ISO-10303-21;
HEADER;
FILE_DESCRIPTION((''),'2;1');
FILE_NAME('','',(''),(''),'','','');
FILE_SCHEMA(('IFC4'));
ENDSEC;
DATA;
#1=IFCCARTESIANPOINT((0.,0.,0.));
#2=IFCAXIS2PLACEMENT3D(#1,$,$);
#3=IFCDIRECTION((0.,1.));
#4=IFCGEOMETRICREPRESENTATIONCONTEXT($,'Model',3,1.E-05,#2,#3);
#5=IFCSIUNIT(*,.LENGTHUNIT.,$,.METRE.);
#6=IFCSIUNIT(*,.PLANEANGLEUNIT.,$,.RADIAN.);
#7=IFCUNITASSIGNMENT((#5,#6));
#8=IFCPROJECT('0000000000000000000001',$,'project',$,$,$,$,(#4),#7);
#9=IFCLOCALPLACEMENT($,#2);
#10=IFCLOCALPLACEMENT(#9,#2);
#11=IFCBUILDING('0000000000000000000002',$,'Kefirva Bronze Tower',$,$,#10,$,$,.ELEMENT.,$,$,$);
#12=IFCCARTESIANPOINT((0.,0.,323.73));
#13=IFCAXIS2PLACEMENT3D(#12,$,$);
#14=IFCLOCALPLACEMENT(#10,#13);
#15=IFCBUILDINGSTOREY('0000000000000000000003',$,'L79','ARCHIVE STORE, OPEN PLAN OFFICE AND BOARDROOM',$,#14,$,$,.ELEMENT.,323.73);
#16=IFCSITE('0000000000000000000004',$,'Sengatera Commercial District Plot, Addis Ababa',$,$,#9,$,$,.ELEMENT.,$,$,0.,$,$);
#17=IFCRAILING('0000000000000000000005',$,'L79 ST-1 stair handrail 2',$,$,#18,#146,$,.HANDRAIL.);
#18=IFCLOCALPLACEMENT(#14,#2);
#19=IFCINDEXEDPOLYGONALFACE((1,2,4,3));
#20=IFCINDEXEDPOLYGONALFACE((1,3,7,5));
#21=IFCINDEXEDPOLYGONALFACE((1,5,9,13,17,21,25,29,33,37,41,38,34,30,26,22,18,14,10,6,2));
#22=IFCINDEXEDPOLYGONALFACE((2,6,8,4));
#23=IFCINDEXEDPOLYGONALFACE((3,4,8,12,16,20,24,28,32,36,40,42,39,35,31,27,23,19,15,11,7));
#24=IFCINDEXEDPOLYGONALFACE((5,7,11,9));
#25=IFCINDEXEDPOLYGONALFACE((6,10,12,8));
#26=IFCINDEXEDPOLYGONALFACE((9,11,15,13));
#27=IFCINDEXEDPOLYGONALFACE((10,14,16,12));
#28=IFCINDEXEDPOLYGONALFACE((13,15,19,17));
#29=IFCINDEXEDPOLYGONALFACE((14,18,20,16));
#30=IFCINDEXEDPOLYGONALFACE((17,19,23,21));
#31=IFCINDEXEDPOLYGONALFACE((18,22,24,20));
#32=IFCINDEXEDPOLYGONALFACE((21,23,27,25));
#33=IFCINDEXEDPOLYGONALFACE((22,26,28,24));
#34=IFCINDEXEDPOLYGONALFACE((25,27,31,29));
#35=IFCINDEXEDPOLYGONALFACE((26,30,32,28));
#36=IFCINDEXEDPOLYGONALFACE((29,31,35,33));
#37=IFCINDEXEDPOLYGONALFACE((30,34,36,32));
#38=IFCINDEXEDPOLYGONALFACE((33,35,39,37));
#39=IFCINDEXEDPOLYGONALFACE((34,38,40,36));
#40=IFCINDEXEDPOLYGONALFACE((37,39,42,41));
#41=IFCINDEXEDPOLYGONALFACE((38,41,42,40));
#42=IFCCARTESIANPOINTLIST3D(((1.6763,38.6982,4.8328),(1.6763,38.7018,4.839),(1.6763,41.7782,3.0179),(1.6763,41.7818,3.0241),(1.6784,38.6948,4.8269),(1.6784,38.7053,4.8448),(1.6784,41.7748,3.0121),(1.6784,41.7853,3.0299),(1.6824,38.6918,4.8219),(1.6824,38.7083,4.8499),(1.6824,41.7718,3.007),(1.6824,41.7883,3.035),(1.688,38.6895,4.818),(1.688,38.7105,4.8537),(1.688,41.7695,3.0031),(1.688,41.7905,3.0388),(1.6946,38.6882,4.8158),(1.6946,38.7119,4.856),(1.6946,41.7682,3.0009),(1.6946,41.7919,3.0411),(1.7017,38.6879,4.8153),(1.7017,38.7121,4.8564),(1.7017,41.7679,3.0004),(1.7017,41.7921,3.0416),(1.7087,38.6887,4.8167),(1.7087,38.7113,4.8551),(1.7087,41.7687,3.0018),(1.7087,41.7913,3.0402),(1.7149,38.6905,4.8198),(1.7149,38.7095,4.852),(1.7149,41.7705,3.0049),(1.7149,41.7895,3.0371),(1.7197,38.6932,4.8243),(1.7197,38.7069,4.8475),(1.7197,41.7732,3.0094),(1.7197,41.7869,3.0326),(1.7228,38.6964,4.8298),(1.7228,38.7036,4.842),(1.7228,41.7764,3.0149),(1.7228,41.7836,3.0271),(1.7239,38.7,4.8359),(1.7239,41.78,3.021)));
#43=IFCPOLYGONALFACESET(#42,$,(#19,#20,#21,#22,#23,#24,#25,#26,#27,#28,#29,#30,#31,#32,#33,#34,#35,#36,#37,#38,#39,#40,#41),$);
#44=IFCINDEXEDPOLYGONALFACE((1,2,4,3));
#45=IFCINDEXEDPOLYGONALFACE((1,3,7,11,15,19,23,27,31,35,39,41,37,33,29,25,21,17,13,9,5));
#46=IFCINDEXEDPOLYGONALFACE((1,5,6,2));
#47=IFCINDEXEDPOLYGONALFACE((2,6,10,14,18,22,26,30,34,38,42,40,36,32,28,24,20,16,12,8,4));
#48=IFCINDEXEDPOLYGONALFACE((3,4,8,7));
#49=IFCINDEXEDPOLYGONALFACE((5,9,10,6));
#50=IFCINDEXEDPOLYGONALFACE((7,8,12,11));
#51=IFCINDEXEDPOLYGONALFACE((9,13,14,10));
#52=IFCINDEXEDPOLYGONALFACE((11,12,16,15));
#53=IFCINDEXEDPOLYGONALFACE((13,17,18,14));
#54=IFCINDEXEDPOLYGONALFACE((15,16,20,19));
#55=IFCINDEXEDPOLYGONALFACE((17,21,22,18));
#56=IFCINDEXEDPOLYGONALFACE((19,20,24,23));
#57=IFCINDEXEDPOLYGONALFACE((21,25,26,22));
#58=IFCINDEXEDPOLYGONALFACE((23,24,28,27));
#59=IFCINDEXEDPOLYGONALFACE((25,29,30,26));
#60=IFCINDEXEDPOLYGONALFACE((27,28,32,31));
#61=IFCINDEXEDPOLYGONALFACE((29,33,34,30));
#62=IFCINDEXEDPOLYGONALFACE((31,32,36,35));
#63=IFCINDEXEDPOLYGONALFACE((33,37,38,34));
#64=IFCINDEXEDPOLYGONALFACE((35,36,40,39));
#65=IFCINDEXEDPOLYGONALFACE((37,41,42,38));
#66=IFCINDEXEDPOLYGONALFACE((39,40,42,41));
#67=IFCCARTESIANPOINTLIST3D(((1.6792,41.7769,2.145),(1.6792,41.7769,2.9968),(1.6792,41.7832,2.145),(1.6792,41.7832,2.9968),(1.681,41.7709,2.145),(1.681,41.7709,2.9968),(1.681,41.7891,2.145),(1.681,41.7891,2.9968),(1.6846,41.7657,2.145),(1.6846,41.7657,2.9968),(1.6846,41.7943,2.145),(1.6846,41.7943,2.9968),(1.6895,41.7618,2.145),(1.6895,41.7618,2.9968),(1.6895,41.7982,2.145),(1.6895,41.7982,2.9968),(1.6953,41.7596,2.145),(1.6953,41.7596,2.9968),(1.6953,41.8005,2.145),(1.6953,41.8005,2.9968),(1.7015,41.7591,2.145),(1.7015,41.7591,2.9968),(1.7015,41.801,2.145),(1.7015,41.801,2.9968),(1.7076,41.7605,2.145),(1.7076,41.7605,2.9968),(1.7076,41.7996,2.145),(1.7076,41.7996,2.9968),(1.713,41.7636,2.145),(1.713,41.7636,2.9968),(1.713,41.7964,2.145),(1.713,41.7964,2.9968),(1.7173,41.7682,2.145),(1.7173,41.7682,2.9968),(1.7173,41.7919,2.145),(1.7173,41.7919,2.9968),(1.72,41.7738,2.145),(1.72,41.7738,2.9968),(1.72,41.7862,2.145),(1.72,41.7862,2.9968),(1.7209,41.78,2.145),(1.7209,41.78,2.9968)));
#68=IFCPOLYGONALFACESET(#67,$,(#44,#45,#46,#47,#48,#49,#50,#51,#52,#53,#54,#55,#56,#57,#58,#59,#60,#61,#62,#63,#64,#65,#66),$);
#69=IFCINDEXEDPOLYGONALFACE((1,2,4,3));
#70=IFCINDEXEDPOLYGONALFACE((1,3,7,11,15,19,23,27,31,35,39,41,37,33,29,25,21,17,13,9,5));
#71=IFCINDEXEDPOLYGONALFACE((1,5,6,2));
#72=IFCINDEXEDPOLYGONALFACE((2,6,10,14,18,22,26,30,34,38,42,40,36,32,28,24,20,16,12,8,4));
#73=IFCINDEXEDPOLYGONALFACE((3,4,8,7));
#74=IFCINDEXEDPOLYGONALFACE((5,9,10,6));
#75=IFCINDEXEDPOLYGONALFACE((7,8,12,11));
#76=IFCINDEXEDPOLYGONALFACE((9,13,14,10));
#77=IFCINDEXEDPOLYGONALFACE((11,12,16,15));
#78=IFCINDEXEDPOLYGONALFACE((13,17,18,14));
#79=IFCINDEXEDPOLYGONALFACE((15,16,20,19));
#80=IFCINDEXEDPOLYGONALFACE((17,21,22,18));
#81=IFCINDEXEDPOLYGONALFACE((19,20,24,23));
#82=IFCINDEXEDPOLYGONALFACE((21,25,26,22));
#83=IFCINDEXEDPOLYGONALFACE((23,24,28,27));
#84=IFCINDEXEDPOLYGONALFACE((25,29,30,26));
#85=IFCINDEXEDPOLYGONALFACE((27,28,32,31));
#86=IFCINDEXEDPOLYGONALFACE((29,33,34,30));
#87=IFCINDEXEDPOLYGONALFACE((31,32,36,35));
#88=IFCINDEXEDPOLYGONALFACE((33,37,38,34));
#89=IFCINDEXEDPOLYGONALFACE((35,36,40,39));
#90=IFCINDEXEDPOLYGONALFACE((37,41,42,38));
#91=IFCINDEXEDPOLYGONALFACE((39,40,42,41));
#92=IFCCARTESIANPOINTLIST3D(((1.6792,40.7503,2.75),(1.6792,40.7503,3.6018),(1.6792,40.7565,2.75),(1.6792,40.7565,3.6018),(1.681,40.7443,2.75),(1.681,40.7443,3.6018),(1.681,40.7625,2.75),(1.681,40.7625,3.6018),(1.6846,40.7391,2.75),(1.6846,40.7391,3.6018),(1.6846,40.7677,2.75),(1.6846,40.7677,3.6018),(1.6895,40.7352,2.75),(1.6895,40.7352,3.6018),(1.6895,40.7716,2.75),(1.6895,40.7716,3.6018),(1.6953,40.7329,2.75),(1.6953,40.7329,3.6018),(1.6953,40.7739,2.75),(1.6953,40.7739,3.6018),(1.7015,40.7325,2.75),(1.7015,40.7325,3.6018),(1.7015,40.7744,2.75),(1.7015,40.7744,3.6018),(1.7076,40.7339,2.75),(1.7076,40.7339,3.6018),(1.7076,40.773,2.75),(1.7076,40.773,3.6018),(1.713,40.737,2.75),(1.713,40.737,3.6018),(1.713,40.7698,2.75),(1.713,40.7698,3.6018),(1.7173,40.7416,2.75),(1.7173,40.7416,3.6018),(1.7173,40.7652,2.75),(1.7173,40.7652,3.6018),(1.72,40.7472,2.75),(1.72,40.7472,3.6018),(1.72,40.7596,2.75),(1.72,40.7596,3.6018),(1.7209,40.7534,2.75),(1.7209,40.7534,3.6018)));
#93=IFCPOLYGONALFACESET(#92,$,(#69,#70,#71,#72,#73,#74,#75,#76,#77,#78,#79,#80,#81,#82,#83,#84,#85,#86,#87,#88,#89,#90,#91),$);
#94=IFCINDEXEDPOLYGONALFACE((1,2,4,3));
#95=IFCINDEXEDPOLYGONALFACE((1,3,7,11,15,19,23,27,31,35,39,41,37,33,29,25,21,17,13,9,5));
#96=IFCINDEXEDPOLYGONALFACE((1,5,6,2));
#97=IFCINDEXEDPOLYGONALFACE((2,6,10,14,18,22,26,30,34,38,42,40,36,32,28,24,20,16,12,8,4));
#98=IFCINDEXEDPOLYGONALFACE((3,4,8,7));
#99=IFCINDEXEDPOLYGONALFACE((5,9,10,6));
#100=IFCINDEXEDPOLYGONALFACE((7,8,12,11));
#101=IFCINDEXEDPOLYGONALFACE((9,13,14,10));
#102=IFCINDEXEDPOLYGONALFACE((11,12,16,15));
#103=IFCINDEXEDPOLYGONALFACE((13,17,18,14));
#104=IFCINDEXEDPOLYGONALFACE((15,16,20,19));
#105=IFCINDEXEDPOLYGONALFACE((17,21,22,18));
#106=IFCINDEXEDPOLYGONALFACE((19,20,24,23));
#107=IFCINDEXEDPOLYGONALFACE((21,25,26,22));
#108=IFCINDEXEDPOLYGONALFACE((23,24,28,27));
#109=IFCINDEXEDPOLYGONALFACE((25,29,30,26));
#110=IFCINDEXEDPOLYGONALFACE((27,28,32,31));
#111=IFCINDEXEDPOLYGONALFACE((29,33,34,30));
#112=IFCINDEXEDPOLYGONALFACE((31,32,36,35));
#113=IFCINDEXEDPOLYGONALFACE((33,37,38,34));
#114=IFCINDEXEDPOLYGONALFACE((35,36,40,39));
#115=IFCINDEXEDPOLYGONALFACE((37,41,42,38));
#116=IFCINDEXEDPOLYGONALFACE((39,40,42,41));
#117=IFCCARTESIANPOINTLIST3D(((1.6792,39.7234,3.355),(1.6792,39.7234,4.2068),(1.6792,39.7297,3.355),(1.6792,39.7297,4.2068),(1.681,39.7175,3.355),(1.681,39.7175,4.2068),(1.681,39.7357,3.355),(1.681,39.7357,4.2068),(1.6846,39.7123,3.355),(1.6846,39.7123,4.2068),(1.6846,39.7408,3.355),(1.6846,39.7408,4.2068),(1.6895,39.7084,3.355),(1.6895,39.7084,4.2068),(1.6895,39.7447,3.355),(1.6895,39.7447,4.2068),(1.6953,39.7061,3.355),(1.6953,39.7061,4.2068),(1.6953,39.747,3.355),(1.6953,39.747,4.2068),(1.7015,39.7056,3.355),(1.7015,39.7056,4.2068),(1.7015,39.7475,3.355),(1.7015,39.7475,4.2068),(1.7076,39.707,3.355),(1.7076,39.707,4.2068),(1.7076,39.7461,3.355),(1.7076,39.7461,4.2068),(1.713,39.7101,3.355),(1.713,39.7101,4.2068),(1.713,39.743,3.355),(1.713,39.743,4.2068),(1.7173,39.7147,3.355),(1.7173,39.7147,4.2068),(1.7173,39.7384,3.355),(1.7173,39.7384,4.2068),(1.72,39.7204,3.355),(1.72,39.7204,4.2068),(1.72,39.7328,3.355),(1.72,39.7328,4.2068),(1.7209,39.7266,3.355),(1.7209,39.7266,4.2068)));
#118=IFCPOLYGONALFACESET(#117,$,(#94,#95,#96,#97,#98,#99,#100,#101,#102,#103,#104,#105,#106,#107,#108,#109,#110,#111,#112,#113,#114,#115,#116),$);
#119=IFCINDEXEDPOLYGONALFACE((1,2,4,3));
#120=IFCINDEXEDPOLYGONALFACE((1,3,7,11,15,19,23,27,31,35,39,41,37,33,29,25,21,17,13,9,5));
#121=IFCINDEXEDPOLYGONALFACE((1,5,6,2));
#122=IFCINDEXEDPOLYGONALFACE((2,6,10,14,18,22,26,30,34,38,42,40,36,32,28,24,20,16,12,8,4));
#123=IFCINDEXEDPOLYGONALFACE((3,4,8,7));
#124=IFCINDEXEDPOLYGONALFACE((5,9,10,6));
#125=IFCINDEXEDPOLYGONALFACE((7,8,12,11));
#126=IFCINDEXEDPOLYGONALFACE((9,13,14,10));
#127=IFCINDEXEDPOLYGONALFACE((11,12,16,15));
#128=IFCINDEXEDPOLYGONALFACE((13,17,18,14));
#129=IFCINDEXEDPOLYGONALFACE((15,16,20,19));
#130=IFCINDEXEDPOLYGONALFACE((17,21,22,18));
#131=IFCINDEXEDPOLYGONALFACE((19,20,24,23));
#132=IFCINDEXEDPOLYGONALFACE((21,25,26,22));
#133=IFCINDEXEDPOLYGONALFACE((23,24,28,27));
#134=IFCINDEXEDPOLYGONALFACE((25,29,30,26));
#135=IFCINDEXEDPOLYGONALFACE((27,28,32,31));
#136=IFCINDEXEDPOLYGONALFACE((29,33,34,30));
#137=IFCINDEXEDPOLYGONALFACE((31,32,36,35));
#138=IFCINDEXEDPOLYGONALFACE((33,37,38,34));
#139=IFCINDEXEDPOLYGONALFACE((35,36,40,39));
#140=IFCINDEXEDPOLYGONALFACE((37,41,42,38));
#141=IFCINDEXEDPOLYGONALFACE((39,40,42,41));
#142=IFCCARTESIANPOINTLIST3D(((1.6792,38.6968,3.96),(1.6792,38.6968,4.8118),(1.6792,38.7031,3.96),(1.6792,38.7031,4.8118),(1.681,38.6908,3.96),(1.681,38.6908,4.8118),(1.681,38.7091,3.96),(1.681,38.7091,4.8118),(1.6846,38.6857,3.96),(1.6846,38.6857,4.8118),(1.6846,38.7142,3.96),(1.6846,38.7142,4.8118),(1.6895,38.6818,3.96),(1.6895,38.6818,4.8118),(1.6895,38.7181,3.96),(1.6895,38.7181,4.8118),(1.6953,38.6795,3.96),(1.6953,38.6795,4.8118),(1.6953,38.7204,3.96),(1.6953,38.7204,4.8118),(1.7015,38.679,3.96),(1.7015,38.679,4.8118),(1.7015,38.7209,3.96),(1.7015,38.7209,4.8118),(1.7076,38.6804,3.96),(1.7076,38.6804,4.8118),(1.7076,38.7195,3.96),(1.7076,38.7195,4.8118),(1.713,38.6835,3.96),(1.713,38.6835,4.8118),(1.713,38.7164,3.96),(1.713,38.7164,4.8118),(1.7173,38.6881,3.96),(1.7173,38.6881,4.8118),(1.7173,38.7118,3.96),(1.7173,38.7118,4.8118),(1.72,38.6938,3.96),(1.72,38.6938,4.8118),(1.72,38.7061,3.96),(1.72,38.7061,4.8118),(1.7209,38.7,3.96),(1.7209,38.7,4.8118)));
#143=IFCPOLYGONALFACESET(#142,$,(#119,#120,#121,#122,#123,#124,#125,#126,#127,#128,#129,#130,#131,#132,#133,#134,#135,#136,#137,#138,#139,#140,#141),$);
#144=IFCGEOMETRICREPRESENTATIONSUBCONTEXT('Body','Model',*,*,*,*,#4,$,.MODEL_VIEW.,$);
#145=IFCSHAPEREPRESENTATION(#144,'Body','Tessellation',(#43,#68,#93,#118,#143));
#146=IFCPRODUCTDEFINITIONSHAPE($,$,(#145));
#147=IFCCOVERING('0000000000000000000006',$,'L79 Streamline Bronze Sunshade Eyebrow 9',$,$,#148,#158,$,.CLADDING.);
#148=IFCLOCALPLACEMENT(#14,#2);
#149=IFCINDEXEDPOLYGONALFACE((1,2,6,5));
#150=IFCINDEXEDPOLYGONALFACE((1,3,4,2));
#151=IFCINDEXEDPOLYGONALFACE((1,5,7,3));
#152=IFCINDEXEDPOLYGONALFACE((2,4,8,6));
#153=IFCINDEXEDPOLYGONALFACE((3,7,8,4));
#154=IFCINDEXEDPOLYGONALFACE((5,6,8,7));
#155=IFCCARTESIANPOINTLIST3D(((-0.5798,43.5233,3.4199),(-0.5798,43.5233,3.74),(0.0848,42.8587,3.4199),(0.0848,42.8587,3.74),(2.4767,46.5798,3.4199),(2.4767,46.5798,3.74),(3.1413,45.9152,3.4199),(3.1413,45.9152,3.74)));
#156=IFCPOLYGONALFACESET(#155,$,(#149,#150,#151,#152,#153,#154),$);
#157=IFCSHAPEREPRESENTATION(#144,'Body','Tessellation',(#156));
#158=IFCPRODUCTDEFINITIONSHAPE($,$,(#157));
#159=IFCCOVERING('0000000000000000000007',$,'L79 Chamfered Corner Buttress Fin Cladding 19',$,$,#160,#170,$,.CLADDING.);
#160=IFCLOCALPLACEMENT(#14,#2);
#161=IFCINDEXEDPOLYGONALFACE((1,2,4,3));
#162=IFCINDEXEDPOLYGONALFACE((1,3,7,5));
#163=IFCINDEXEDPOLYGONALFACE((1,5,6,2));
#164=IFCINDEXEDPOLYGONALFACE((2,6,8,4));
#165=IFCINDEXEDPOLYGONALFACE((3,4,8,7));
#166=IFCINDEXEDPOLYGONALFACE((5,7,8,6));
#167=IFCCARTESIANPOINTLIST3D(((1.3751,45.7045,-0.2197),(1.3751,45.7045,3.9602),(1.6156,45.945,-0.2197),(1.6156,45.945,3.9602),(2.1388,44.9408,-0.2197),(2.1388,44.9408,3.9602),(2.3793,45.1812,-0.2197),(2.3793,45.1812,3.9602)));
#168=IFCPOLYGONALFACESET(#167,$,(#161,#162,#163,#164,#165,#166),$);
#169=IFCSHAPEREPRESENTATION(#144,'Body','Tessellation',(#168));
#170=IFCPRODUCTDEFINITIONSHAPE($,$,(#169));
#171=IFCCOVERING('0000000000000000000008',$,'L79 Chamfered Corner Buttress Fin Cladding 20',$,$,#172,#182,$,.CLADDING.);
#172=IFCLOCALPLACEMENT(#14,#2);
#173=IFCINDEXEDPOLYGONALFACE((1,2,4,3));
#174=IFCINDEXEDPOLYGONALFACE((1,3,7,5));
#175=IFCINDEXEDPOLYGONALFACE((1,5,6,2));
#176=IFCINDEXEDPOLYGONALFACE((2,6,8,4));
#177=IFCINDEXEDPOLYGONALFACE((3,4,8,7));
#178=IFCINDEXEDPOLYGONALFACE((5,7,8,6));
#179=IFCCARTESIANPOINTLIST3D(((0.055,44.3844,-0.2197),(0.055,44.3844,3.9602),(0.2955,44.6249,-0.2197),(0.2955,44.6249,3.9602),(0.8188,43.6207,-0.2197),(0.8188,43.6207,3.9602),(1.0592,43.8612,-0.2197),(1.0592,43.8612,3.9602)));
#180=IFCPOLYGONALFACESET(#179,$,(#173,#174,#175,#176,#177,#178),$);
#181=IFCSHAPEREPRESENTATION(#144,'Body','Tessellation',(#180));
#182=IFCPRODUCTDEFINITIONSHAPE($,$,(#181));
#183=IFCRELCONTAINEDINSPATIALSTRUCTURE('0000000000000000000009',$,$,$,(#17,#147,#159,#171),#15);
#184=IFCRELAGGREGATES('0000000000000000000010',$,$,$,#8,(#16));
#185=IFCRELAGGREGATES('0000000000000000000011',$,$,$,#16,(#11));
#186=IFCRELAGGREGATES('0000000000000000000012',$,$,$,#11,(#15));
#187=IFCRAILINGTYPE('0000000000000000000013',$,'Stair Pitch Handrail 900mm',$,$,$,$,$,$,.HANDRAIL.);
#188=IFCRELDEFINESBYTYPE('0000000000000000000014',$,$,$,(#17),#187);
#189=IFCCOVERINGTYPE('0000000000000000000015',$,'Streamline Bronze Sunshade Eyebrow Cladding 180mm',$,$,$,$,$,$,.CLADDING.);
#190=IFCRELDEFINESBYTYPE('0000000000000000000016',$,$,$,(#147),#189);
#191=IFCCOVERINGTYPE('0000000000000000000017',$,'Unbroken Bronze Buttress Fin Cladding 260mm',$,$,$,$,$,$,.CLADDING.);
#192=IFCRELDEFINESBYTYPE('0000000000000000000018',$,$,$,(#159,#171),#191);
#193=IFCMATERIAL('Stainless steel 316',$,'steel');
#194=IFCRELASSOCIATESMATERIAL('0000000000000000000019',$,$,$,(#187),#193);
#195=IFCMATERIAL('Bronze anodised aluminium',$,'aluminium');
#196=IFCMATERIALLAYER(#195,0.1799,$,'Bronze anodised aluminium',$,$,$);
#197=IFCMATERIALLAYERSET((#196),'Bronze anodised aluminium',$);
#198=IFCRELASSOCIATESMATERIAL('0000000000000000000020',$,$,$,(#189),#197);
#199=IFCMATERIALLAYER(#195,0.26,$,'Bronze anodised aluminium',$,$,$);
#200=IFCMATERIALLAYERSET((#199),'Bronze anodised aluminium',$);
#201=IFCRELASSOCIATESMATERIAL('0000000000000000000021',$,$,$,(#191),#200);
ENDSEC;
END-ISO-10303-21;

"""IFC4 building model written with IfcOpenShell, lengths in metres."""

from ifc_helpers import new_model, si_unit, direction, frame, origin, origin_2d, place, context, subcontext, project, spatial, rectangle, circle, extrude, material, layer, layer_set, type_object, element, save


model = new_model("IFC4")

# Units and contexts
model_context = context("Model", 3, precision=1e-05, world=origin(), true_north=direction((0.0, 1.0)))
body_context = subcontext(model_context, "Body", "Model", "MODEL_VIEW")
ifc_project = project(units=[si_unit("LENGTHUNIT", "METRE"), si_unit("PLANEANGLEUNIT", "RADIAN")], contexts=[model_context])

# Site, building, storey
site_placement = place(None, origin())
site = spatial("IfcSite", under=ifc_project, at=site_placement, Name="Sengatera Commercial District Plot, Addis Ababa", CompositionType="ELEMENT", RefElevation=0.0)
building_placement = place(site_placement, origin())
building = spatial("IfcBuilding", under=site, at=building_placement, Name="Kefirva Bronze Tower", CompositionType="ELEMENT")
storey_placement = place(building_placement, frame((0.0, 0.0, 323.73)))
storey = spatial("IfcBuildingStorey", under=building, at=storey_placement, Name="L79", Description="ARCHIVE STORE, OPEN PLAN OFFICE AND BOARDROOM", CompositionType="ELEMENT", Elevation=323.73)

# Shared definitions
ifc_material_1 = material(Name="Bronze anodised aluminium", Category="aluminium")

# Railing
ifc_material_2 = material(Name="Stainless steel 316", Category="steel")
railing_type_1 = type_object("IfcRailingType", Name="Stair Pitch Handrail 900mm", PredefinedType="HANDRAIL", material=ifc_material_2)
railing_1_placement = place(storey_placement, frame((1.7, 41.78, 2.145)))
element("IfcRailing", 1, at=railing_1_placement, inside=storey, type_object=railing_type_1, Name="L79 ST-1 stair handrail 2", PredefinedType="HANDRAIL", context=body_context, shape_type="SweptSolid", body=[
    extrude(circle(Radius=0.0239, at=origin_2d()), frame((0.0, 0.0, 0.876), z_axis=(0.0, -0.861551, 0.507671), x_axis=(1.0, 0.0, 0.0)), (0.0, 0.0, 1.0), 3.575),
    extrude(circle(Radius=0.021, at=origin_2d()), origin(), (0.0, 0.0, 1.0), 0.8518),
    extrude(circle(Radius=0.021, at=origin_2d()), frame((0.0, -1.0266, 0.605)), (0.0, 0.0, 1.0), 0.8518),
    extrude(circle(Radius=0.021, at=origin_2d()), frame((0.0, -2.0535, 1.21)), (0.0, 0.0, 1.0), 0.8518),
    extrude(circle(Radius=0.021, at=origin_2d()), frame((0.0, -3.0801, 1.8149)), (0.0, 0.0, 1.0), 0.8518),
])

# Coverings
ifc_layer_1 = layer(ifc_material_1, 0.1799, Name="Bronze anodised aluminium")
ifc_layer_set_1 = layer_set([ifc_layer_1], Name="Bronze anodised aluminium")
covering_type_1 = type_object("IfcCoveringType", Name="Streamline Bronze Sunshade Eyebrow Cladding 180mm", PredefinedType="CLADDING", material=ifc_layer_set_1)
covering_1_placement = place(storey_placement, frame((1.2808, 44.7192, 3.4199), z_axis=(0.0, 0.0, 1.0), x_axis=(-0.707107, -0.707107, 0.0)))
element("IfcCovering", 2, at=covering_1_placement, inside=storey, type_object=covering_type_1, Name="L79 Streamline Bronze Sunshade Eyebrow 9", PredefinedType="CLADDING", context=body_context, shape_type="SweptSolid", body=[
    extrude(rectangle(XDim=4.3225, YDim=0.9399, at=origin_2d()), origin(), (0.0, 0.0, 1.0), 0.3201),
])
ifc_layer_2 = layer(ifc_material_1, 0.26, Name="Bronze anodised aluminium")
ifc_layer_set_2 = layer_set([ifc_layer_2], Name="Bronze anodised aluminium")
covering_type_2 = type_object("IfcCoveringType", Name="Unbroken Bronze Buttress Fin Cladding 260mm", PredefinedType="CLADDING", material=ifc_layer_set_2)
for number, where, z_axis, x_axis, name in (
    (3, (1.8772, 45.4429, -0.2197), (0.0, 0.0, 1.0), (-0.707107, -0.707107, 0.0), "L79 Chamfered Corner Buttress Fin Cladding 19"),
    (4, (0.5571, 44.1228, -0.2197), (0.0, 0.0, 1.0), (-0.707107, -0.707107, 0.0), "L79 Chamfered Corner Buttress Fin Cladding 20"),
):
    element("IfcCovering", number, at=place(storey_placement, frame(where, z_axis=z_axis, x_axis=x_axis)), inside=storey, type_object=covering_type_2, Name=name, PredefinedType="CLADDING", context=body_context, shape_type="SweptSolid", body=[
        extrude(rectangle(XDim=0.3401, YDim=1.0801, at=origin_2d()), origin(), (0.0, 0.0, 1.0), 4.1799),
    ])

save(model, "model.ifc")
